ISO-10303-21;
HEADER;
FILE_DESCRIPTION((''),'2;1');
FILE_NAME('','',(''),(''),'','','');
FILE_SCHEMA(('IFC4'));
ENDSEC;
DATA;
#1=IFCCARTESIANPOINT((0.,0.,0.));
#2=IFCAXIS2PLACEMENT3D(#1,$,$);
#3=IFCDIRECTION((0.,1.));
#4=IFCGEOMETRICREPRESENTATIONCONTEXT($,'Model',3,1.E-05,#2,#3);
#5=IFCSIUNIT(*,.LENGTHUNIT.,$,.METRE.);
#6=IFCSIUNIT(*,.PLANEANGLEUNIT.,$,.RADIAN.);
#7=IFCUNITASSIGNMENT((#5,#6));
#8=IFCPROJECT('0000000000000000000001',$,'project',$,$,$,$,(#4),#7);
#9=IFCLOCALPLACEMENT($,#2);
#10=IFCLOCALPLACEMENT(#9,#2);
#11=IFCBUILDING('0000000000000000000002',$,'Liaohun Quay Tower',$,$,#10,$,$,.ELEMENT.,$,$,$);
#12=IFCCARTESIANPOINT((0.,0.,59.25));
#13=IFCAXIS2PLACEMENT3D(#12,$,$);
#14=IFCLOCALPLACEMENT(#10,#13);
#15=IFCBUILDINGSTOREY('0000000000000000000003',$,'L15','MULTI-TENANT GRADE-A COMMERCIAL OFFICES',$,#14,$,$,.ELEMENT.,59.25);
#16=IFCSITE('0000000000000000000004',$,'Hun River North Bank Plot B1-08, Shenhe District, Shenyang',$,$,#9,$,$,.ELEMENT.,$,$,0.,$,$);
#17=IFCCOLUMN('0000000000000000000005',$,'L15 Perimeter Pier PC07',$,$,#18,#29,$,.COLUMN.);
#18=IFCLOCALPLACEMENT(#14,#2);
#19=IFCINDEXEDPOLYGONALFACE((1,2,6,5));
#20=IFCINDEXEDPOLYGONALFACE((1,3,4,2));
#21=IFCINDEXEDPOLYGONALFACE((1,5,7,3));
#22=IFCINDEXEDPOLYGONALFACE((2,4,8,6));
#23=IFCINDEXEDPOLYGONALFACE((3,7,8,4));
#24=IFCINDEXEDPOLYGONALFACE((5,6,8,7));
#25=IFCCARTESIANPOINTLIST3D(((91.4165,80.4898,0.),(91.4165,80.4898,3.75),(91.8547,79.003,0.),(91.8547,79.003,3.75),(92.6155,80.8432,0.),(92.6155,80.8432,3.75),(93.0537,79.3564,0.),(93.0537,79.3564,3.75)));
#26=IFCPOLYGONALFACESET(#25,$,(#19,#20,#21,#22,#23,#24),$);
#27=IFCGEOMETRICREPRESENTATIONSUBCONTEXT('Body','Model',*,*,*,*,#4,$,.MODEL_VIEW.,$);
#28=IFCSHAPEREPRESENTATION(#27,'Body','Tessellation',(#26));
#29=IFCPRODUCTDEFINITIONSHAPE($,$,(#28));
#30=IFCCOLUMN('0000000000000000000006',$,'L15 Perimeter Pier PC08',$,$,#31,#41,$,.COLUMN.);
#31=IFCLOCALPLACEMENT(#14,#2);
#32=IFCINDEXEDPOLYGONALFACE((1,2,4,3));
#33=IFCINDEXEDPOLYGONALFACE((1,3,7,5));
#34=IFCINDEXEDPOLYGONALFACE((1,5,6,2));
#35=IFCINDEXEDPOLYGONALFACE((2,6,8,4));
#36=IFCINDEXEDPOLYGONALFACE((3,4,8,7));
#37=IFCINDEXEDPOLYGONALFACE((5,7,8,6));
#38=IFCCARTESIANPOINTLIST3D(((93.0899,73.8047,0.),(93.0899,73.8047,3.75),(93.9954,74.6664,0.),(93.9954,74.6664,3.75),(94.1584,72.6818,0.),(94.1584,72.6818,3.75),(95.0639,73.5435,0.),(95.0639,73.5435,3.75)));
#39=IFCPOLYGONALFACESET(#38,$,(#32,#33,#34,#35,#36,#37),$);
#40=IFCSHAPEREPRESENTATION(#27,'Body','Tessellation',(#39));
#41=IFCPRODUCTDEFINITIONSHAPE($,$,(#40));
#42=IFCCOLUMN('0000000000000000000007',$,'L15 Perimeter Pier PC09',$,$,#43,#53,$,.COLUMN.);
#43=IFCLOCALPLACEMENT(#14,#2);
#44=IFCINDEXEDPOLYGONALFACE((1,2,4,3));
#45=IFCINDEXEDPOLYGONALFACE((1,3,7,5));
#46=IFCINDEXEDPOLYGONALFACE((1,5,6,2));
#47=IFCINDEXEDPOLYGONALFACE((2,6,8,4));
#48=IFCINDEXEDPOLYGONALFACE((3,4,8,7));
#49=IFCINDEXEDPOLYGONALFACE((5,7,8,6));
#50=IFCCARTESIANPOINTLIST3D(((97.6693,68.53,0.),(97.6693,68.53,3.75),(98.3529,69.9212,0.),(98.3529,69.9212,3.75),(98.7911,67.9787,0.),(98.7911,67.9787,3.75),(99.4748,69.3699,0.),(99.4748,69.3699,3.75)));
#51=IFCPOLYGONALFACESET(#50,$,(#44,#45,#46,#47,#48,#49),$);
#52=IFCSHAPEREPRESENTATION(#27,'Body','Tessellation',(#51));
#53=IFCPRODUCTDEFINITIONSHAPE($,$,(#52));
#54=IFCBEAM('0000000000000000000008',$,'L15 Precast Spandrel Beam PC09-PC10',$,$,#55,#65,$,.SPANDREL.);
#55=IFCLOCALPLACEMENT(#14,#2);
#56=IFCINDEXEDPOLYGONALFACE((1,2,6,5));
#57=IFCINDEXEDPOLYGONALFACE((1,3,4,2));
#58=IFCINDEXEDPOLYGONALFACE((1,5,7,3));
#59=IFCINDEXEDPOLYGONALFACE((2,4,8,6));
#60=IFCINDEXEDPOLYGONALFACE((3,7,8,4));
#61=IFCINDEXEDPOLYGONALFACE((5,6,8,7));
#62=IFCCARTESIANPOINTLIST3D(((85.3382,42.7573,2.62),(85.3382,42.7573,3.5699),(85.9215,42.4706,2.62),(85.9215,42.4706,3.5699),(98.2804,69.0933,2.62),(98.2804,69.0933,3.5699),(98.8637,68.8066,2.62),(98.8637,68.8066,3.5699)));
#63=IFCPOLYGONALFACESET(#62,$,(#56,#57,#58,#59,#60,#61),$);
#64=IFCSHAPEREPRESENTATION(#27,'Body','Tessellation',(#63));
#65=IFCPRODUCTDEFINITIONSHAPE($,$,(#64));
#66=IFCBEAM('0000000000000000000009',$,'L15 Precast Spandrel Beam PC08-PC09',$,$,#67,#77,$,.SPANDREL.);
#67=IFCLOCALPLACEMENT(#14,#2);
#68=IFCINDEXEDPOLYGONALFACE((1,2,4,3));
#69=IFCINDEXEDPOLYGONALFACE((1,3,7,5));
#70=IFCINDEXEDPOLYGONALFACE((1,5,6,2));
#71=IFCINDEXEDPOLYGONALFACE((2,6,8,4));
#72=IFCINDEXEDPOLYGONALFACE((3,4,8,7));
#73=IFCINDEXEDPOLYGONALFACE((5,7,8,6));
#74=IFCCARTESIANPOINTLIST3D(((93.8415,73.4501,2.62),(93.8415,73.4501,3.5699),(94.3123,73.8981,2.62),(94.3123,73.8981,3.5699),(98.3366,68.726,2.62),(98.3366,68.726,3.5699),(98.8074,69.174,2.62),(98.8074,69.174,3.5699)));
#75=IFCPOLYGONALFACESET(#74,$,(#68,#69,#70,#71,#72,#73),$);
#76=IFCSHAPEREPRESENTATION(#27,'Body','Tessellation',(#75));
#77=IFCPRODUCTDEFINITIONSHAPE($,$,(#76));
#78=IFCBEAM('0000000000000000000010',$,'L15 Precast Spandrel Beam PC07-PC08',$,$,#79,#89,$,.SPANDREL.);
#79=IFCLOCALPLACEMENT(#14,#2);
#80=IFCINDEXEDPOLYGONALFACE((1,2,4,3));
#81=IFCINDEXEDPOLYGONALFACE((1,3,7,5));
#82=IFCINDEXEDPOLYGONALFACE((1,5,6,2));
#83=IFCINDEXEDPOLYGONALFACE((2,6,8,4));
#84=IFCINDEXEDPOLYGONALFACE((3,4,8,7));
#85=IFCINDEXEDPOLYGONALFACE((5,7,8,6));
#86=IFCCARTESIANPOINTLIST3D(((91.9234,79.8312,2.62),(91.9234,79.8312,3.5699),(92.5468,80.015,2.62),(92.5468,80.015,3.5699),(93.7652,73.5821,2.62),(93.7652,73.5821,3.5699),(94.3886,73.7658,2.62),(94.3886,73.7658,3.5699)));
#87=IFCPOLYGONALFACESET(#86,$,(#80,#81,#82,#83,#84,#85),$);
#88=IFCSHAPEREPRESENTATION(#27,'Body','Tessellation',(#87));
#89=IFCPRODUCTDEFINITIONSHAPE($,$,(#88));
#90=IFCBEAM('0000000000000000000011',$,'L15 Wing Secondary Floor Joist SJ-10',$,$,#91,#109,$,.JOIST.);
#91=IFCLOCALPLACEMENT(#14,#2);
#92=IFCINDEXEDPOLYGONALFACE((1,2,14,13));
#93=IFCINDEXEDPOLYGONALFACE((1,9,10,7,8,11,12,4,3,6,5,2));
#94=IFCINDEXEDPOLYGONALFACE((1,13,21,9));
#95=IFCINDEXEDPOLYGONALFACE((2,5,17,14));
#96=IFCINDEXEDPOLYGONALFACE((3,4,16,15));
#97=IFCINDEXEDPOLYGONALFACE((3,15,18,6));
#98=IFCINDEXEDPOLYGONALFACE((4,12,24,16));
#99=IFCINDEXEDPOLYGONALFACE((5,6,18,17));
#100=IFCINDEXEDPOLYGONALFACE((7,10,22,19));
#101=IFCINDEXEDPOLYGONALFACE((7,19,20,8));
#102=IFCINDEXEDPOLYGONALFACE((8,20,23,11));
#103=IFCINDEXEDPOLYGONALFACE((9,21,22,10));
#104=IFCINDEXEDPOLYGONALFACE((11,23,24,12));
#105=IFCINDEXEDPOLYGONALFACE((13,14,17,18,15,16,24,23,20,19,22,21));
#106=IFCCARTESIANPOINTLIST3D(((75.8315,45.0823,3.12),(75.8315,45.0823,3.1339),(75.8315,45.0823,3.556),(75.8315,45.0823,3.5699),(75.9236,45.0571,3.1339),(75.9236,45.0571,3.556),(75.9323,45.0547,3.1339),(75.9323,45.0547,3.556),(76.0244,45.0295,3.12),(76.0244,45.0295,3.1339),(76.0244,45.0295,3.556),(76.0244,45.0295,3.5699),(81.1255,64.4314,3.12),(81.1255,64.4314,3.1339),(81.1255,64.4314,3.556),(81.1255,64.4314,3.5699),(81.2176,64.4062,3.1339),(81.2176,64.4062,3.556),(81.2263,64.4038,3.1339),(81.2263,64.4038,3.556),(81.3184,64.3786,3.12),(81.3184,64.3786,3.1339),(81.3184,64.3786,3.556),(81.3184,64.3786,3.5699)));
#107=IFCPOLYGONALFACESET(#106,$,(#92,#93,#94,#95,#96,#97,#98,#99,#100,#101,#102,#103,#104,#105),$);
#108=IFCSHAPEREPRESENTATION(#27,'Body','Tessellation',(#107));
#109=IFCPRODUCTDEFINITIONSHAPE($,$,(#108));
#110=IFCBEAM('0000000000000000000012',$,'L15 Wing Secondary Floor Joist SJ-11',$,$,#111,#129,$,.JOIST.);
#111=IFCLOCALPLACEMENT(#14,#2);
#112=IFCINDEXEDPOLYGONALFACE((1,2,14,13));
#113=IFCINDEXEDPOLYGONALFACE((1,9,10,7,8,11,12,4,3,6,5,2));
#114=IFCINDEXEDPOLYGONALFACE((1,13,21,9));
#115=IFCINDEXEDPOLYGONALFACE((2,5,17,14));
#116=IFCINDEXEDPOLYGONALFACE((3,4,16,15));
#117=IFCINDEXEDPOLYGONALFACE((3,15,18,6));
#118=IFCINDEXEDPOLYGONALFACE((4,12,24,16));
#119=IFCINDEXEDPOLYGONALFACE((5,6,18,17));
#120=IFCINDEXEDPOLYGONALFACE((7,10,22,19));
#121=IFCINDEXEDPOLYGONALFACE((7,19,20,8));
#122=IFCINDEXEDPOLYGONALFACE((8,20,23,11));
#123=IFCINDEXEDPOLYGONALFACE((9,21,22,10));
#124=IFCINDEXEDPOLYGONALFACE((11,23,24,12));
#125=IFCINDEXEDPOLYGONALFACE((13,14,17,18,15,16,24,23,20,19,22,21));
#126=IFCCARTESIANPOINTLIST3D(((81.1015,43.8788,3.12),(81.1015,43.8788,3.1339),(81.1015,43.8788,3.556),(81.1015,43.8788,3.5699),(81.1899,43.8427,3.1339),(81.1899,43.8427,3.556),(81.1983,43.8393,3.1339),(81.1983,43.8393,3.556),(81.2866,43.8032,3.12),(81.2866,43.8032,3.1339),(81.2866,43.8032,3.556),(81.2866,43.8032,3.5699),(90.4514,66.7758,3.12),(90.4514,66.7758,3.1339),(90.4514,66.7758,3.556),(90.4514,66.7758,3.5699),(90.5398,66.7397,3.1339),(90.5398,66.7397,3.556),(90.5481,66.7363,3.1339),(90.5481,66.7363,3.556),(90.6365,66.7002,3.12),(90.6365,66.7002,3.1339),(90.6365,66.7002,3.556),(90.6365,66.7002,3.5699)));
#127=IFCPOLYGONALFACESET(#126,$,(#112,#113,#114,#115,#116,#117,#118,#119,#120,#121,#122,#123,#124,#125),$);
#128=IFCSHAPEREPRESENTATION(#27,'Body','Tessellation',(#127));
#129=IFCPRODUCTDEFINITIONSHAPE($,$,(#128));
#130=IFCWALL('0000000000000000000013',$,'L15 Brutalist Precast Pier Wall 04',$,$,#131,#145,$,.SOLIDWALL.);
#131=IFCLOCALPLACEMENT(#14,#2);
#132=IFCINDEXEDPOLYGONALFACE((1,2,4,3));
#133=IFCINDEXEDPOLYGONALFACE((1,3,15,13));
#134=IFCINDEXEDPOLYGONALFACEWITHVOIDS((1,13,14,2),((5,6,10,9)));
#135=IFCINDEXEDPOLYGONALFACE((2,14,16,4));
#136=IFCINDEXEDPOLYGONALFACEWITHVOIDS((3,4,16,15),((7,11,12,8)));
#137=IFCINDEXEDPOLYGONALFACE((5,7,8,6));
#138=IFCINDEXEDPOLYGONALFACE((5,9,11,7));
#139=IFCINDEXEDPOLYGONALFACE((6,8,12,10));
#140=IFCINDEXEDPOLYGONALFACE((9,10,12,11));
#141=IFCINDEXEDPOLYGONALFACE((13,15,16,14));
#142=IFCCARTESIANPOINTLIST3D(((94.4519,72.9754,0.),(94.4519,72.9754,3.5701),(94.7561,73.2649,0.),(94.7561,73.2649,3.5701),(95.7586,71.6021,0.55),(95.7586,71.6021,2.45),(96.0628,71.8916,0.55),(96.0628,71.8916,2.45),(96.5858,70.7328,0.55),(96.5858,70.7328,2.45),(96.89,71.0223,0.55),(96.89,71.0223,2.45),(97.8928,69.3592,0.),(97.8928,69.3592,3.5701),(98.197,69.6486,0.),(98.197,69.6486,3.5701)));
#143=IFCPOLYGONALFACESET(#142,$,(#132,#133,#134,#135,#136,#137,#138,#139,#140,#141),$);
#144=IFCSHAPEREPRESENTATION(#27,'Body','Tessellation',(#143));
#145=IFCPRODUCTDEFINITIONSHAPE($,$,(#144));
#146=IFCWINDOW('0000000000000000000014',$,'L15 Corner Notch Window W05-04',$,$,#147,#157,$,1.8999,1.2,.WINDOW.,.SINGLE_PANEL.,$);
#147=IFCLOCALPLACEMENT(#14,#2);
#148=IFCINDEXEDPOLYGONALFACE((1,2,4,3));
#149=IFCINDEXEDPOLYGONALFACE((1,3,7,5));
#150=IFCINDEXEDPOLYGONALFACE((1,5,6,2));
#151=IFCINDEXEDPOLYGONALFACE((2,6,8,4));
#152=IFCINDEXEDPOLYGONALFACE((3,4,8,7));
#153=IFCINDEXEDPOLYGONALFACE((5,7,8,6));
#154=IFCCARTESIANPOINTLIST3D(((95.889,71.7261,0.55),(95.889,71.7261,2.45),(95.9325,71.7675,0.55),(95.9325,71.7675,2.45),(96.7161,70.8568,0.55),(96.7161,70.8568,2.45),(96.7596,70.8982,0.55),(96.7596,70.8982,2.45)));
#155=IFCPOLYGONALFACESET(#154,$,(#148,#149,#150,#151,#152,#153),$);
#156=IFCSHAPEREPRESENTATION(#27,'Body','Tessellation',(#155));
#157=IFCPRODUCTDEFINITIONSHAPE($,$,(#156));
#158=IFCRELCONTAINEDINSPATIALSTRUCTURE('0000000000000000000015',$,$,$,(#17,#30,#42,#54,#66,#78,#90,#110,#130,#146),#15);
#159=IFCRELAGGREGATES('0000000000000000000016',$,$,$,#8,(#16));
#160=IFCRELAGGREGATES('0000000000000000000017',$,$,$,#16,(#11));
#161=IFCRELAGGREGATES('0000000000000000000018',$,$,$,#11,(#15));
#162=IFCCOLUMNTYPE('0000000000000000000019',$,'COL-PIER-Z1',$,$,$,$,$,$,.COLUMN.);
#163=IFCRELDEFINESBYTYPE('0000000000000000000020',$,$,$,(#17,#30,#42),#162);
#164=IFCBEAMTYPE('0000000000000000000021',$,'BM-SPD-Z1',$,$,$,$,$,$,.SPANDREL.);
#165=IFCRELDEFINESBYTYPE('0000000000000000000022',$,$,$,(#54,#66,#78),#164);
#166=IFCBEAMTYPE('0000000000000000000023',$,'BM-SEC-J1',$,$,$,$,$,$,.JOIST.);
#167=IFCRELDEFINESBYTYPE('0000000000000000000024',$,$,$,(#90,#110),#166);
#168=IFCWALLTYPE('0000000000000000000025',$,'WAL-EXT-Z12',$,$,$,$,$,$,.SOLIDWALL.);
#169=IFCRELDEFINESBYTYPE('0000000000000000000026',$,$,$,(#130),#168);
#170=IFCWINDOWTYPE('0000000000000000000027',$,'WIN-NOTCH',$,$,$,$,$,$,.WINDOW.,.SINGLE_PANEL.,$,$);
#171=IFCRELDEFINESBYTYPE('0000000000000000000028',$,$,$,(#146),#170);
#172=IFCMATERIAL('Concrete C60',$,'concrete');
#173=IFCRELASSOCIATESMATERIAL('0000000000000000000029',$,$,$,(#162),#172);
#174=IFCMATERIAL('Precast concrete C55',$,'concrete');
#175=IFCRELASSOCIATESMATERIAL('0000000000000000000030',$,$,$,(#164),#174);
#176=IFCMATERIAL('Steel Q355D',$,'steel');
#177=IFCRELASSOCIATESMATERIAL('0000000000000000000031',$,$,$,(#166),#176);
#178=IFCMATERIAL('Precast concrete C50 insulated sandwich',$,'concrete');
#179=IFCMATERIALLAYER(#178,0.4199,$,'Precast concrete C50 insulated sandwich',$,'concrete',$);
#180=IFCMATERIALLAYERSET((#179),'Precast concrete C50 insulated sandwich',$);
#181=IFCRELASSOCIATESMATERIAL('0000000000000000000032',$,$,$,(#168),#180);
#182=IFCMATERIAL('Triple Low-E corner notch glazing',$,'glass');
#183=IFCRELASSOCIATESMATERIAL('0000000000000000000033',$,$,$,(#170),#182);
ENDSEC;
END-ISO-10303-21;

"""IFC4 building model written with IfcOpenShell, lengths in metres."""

from ifc_helpers import new_model, si_unit, direction, frame, frame_2d, origin, origin_2d, place, context, subcontext, project, spatial, rectangle, i_section, extrude, source, transform, mapped, material, layer, layer_set, material_profile, profile_set, type_object, element, fill, save


model = new_model("IFC4")

# Units and contexts
model_context = context("Model", 3, precision=1e-05, world=origin(), true_north=direction((0.0, 1.0)))
body_context = subcontext(model_context, "Body", "Model", "MODEL_VIEW")
ifc_project = project(units=[si_unit("LENGTHUNIT", "METRE"), si_unit("PLANEANGLEUNIT", "RADIAN")], contexts=[model_context])

# Site, building, storey
site_placement = place(None, origin())
site = spatial("IfcSite", under=ifc_project, at=site_placement, Name="Hun River North Bank Plot B1-08, Shenhe District, Shenyang", CompositionType="ELEMENT", RefElevation=0.0)
building_placement = place(site_placement, origin())
building = spatial("IfcBuilding", under=site, at=building_placement, Name="Liaohun Quay Tower", CompositionType="ELEMENT")
storey_placement = place(building_placement, frame((0.0, 0.0, 59.25)))
storey = spatial("IfcBuildingStorey", under=building, at=storey_placement, Name="L15", Description="MULTI-TENANT GRADE-A COMMERCIAL OFFICES", CompositionType="ELEMENT", Elevation=59.25)

# Columns
ifc_material_1 = material(Name="Concrete C60", Category="concrete")
ifc_material_profile_1 = material_profile(ifc_material_1, rectangle(XDim=1.55, YDim=1.25, at=origin_2d()), Name="RC1550x1250")
ifc_profile_set_1 = profile_set([ifc_material_profile_1], Name="Concrete C60")
column_type = type_object("IfcColumnType", Name="COL-PIER-Z1", PredefinedType="COLUMN", material=ifc_profile_set_1)
shared_shape_1 = source(origin(), body_context, "Body", "SweptSolid", [
    extrude(rectangle(XDim=1.55, YDim=1.25, at=origin_2d()), origin(), (0.0, 0.0, 1.0), 3.75),
])
for number, where, z_axis, x_axis, name in (
    (1, (92.2351, 79.9231, 0.0), (0.0, 0.0, 1.0), (-0.282676, 0.959215, 0.0), "L15 Perimeter Pier PC07"),
    (2, (94.0769, 73.6741, 0.0), (0.0, 0.0, 1.0), (-0.689367, 0.724413, 0.0), "L15 Perimeter Pier PC08"),
    (3, (98.572, 68.95, 0.0), (0.0, 0.0, 1.0), (0.441036, 0.897489, 0.0), "L15 Perimeter Pier PC09"),
):
    element("IfcColumn", number, at=place(storey_placement, frame(where, z_axis=z_axis, x_axis=x_axis)), inside=storey, type_object=column_type, Name=name, PredefinedType="COLUMN", context=body_context, shape_type="MappedRepresentation", body=[
        mapped(shared_shape_1, transform((0.0, 0.0, 0.0), x_axis=(1.0, 0.0, 0.0), y_axis=(0.0, 1.0, 0.0), z_axis=(0.0, 0.0, 1.0), scale=1.0)),
    ])

# Beams
ifc_material_2 = material(Name="Precast concrete C55", Category="concrete")
ifc_material_profile_2 = material_profile(ifc_material_2, rectangle(XDim=0.6499, YDim=0.95, at=origin_2d()), Name="RC650x950")
ifc_profile_set_2 = profile_set([ifc_material_profile_2], Name="Precast concrete C55")
beam_type_1 = type_object("IfcBeamType", Name="BM-SPD-Z1", PredefinedType="SPANDREL", material=ifc_profile_set_2)
shared_shape_2 = source(origin(), body_context, "Body", "SweptSolid", [
    extrude(rectangle(XDim=0.6499, YDim=0.95, at=origin_2d()), origin(), (0.0, 0.0, 1.0), 29.3442),
])
beam_1_placement = place(storey_placement, frame((98.572, 68.95, 3.095), z_axis=(-0.441046, -0.897484, 0.0), x_axis=(0.897484, -0.441046, 0.0)))
element("IfcBeam", 4, at=beam_1_placement, inside=storey, type_object=beam_type_1, Name="L15 Precast Spandrel Beam PC09-PC10", PredefinedType="SPANDREL", context=body_context, shape_type="MappedRepresentation", body=[
    mapped(shared_shape_2, transform((0.0, 0.0, 0.0), x_axis=(1.0, 0.0, 0.0), y_axis=(0.0, 1.0, 0.0), z_axis=(0.0, 0.0, 1.0), scale=1.0)),
])
shared_shape_3 = source(origin(), body_context, "Body", "SweptSolid", [
    extrude(rectangle(XDim=0.6499, YDim=0.95, at=origin_2d()), origin(), (0.0, 0.0, 1.0), 6.521),
])
beam_2_placement = place(storey_placement, frame((94.0769, 73.6741, 3.095), z_axis=(0.68933, -0.724448, 0.0), x_axis=(0.724448, 0.68933, 0.0)))
element("IfcBeam", 5, at=beam_2_placement, inside=storey, type_object=beam_type_1, Name="L15 Precast Spandrel Beam PC08-PC09", PredefinedType="SPANDREL", context=body_context, shape_type="MappedRepresentation", body=[
    mapped(shared_shape_3, transform((0.0, 0.0, 0.0), x_axis=(1.0, 0.0, 0.0), y_axis=(0.0, 1.0, 0.0), z_axis=(0.0, 0.0, 1.0), scale=1.0)),
])
shared_shape_4 = source(origin(), body_context, "Body", "SweptSolid", [
    extrude(rectangle(XDim=0.6499, YDim=0.95, at=origin_2d()), origin(), (0.0, 0.0, 1.0), 6.5149),
])
beam_3_placement = place(storey_placement, frame((92.2351, 79.9231, 3.095), z_axis=(0.28271, -0.959205, 0.0), x_axis=(0.959205, 0.28271, 0.0)))
element("IfcBeam", 6, at=beam_3_placement, inside=storey, type_object=beam_type_1, Name="L15 Precast Spandrel Beam PC07-PC08", PredefinedType="SPANDREL", context=body_context, shape_type="MappedRepresentation", body=[
    mapped(shared_shape_4, transform((0.0, 0.0, 0.0), x_axis=(1.0, 0.0, 0.0), y_axis=(0.0, 1.0, 0.0), z_axis=(0.0, 0.0, 1.0), scale=1.0)),
])
ifc_material_3 = material(Name="Steel Q355D", Category="steel")
ifc_material_profile_3 = material_profile(ifc_material_3, i_section(OverallWidth=0.2, OverallDepth=0.45, WebThickness=0.009, FlangeThickness=0.0139, at=origin_2d()), Name="HN450x200x9x14")
ifc_profile_set_3 = profile_set([ifc_material_profile_3], Name="Steel Q355D")
beam_type_2 = type_object("IfcBeamType", Name="BM-SEC-J1", PredefinedType="JOIST", material=ifc_profile_set_3)
shared_shape_5 = source(origin(), body_context, "Body", "SweptSolid", [
    extrude(i_section(OverallWidth=0.2, OverallDepth=0.45, WebThickness=0.009, FlangeThickness=0.0139, at=origin_2d()), origin(), (0.0, 0.0, 1.0), 20.0603),
])
beam_4_placement = place(storey_placement, frame((81.2219, 64.405, 3.345), z_axis=(-0.263902, -0.964549, 0.0), x_axis=(0.964549, -0.263902, 0.0)))
element("IfcBeam", 7, at=beam_4_placement, inside=storey, type_object=beam_type_2, Name="L15 Wing Secondary Floor Joist SJ-10", PredefinedType="JOIST", context=body_context, shape_type="MappedRepresentation", body=[
    mapped(shared_shape_5, transform((0.0, 0.0, 0.0), x_axis=(1.0, 0.0, 0.0), y_axis=(0.0, 1.0, 0.0), z_axis=(0.0, 0.0, 1.0), scale=1.0)),
])
shared_shape_6 = source(origin(), body_context, "Body", "SweptSolid", [
    extrude(i_section(OverallWidth=0.2, OverallDepth=0.45, WebThickness=0.009, FlangeThickness=0.0139, at=origin_2d()), origin(), (0.0, 0.0, 1.0), 24.7324),
])
beam_5_placement = place(storey_placement, frame((90.5439, 66.738, 3.345), z_axis=(-0.378041, -0.925789, 0.0), x_axis=(0.925789, -0.378041, 0.0)))
element("IfcBeam", 8, at=beam_5_placement, inside=storey, type_object=beam_type_2, Name="L15 Wing Secondary Floor Joist SJ-11", PredefinedType="JOIST", context=body_context, shape_type="MappedRepresentation", body=[
    mapped(shared_shape_6, transform((0.0, 0.0, 0.0), x_axis=(1.0, 0.0, 0.0), y_axis=(0.0, 1.0, 0.0), z_axis=(0.0, 0.0, 1.0), scale=1.0)),
])

# Wall, opening, window
ifc_material_4 = material(Name="Precast concrete C50 insulated sandwich", Category="concrete")
ifc_layer_1 = layer(ifc_material_4, 0.4199, Name="Precast concrete C50 insulated sandwich", Category="concrete")
ifc_layer_set_1 = layer_set([ifc_layer_1], Name="Precast concrete C50 insulated sandwich")
wall_type_1 = type_object("IfcWallType", Name="WAL-EXT-Z12", PredefinedType="SOLIDWALL", material=ifc_layer_set_1)
wall_1_placement = place(storey_placement, frame((98.0449, 69.5039, 0.0), z_axis=(0.0, 0.0, 1.0), x_axis=(-0.68933, 0.724447, 0.0)))
wall_1 = element("IfcWall", 9, at=wall_1_placement, inside=storey, type_object=wall_type_1, Name="L15 Brutalist Precast Pier Wall 04", PredefinedType="SOLIDWALL", context=body_context, shape_type="SweptSolid", body=[
    extrude(rectangle(XDim=4.9917, YDim=0.4199, at=frame_2d((2.4958, 0.0))), origin(), (0.0, 0.0, 1.0), 3.5701),
])
shared_shape_7 = source(origin(), body_context, "Body", "SweptSolid", [
    extrude(rectangle(XDim=1.2, YDim=1.8999, at=frame_2d((0.6001, 0.95))), frame((0.0, 0.22, 0.0), z_axis=(0.0, -1.0, 0.0), x_axis=(1.0, 0.0, 0.0)), (0.0, 0.0, 1.0), 0.4399),
])
opening_1_placement = place(wall_1_placement, frame((1.896, 0.0, 0.55)))
opening_1 = element("IfcOpeningElement", 10, at=opening_1_placement, cuts=wall_1, PredefinedType="OPENING", context=body_context, shape_type="MappedRepresentation", body=[
    mapped(shared_shape_7, transform((0.0, 0.0, 0.0), x_axis=(1.0, 0.0, 0.0), y_axis=(0.0, 1.0, 0.0), z_axis=(0.0, 0.0, 1.0), scale=1.0)),
])
ifc_material_5 = material(Name="Triple Low-E corner notch glazing", Category="glass")
window_type_1 = type_object("IfcWindowType", Name="WIN-NOTCH", PartitioningType="SINGLE_PANEL", PredefinedType="WINDOW", material=ifc_material_5)
shared_shape_8 = source(origin(), body_context, "Body", "SweptSolid", [
    extrude(rectangle(XDim=1.2, YDim=1.8999, at=frame_2d((0.6001, 0.95))), frame((0.0, 0.03, 0.0), z_axis=(0.0, -1.0, 0.0), x_axis=(1.0, 0.0, 0.0)), (0.0, 0.0, 1.0), 0.0601),
])
window_1_placement = place(opening_1_placement, origin())
window_1 = element("IfcWindow", 11, at=window_1_placement, inside=storey, type_object=window_type_1, Name="L15 Corner Notch Window W05-04", OverallHeight=1.8999, OverallWidth=1.2, PartitioningType="SINGLE_PANEL", PredefinedType="WINDOW", context=body_context, shape_type="MappedRepresentation", body=[
    mapped(shared_shape_8, transform((0.0, 0.0, 0.0), x_axis=(1.0, 0.0, 0.0), y_axis=(0.0, 1.0, 0.0), z_axis=(0.0, 0.0, 1.0), scale=1.0)),
])
fill(opening_1, window_1)

save(model, "model.ifc")
